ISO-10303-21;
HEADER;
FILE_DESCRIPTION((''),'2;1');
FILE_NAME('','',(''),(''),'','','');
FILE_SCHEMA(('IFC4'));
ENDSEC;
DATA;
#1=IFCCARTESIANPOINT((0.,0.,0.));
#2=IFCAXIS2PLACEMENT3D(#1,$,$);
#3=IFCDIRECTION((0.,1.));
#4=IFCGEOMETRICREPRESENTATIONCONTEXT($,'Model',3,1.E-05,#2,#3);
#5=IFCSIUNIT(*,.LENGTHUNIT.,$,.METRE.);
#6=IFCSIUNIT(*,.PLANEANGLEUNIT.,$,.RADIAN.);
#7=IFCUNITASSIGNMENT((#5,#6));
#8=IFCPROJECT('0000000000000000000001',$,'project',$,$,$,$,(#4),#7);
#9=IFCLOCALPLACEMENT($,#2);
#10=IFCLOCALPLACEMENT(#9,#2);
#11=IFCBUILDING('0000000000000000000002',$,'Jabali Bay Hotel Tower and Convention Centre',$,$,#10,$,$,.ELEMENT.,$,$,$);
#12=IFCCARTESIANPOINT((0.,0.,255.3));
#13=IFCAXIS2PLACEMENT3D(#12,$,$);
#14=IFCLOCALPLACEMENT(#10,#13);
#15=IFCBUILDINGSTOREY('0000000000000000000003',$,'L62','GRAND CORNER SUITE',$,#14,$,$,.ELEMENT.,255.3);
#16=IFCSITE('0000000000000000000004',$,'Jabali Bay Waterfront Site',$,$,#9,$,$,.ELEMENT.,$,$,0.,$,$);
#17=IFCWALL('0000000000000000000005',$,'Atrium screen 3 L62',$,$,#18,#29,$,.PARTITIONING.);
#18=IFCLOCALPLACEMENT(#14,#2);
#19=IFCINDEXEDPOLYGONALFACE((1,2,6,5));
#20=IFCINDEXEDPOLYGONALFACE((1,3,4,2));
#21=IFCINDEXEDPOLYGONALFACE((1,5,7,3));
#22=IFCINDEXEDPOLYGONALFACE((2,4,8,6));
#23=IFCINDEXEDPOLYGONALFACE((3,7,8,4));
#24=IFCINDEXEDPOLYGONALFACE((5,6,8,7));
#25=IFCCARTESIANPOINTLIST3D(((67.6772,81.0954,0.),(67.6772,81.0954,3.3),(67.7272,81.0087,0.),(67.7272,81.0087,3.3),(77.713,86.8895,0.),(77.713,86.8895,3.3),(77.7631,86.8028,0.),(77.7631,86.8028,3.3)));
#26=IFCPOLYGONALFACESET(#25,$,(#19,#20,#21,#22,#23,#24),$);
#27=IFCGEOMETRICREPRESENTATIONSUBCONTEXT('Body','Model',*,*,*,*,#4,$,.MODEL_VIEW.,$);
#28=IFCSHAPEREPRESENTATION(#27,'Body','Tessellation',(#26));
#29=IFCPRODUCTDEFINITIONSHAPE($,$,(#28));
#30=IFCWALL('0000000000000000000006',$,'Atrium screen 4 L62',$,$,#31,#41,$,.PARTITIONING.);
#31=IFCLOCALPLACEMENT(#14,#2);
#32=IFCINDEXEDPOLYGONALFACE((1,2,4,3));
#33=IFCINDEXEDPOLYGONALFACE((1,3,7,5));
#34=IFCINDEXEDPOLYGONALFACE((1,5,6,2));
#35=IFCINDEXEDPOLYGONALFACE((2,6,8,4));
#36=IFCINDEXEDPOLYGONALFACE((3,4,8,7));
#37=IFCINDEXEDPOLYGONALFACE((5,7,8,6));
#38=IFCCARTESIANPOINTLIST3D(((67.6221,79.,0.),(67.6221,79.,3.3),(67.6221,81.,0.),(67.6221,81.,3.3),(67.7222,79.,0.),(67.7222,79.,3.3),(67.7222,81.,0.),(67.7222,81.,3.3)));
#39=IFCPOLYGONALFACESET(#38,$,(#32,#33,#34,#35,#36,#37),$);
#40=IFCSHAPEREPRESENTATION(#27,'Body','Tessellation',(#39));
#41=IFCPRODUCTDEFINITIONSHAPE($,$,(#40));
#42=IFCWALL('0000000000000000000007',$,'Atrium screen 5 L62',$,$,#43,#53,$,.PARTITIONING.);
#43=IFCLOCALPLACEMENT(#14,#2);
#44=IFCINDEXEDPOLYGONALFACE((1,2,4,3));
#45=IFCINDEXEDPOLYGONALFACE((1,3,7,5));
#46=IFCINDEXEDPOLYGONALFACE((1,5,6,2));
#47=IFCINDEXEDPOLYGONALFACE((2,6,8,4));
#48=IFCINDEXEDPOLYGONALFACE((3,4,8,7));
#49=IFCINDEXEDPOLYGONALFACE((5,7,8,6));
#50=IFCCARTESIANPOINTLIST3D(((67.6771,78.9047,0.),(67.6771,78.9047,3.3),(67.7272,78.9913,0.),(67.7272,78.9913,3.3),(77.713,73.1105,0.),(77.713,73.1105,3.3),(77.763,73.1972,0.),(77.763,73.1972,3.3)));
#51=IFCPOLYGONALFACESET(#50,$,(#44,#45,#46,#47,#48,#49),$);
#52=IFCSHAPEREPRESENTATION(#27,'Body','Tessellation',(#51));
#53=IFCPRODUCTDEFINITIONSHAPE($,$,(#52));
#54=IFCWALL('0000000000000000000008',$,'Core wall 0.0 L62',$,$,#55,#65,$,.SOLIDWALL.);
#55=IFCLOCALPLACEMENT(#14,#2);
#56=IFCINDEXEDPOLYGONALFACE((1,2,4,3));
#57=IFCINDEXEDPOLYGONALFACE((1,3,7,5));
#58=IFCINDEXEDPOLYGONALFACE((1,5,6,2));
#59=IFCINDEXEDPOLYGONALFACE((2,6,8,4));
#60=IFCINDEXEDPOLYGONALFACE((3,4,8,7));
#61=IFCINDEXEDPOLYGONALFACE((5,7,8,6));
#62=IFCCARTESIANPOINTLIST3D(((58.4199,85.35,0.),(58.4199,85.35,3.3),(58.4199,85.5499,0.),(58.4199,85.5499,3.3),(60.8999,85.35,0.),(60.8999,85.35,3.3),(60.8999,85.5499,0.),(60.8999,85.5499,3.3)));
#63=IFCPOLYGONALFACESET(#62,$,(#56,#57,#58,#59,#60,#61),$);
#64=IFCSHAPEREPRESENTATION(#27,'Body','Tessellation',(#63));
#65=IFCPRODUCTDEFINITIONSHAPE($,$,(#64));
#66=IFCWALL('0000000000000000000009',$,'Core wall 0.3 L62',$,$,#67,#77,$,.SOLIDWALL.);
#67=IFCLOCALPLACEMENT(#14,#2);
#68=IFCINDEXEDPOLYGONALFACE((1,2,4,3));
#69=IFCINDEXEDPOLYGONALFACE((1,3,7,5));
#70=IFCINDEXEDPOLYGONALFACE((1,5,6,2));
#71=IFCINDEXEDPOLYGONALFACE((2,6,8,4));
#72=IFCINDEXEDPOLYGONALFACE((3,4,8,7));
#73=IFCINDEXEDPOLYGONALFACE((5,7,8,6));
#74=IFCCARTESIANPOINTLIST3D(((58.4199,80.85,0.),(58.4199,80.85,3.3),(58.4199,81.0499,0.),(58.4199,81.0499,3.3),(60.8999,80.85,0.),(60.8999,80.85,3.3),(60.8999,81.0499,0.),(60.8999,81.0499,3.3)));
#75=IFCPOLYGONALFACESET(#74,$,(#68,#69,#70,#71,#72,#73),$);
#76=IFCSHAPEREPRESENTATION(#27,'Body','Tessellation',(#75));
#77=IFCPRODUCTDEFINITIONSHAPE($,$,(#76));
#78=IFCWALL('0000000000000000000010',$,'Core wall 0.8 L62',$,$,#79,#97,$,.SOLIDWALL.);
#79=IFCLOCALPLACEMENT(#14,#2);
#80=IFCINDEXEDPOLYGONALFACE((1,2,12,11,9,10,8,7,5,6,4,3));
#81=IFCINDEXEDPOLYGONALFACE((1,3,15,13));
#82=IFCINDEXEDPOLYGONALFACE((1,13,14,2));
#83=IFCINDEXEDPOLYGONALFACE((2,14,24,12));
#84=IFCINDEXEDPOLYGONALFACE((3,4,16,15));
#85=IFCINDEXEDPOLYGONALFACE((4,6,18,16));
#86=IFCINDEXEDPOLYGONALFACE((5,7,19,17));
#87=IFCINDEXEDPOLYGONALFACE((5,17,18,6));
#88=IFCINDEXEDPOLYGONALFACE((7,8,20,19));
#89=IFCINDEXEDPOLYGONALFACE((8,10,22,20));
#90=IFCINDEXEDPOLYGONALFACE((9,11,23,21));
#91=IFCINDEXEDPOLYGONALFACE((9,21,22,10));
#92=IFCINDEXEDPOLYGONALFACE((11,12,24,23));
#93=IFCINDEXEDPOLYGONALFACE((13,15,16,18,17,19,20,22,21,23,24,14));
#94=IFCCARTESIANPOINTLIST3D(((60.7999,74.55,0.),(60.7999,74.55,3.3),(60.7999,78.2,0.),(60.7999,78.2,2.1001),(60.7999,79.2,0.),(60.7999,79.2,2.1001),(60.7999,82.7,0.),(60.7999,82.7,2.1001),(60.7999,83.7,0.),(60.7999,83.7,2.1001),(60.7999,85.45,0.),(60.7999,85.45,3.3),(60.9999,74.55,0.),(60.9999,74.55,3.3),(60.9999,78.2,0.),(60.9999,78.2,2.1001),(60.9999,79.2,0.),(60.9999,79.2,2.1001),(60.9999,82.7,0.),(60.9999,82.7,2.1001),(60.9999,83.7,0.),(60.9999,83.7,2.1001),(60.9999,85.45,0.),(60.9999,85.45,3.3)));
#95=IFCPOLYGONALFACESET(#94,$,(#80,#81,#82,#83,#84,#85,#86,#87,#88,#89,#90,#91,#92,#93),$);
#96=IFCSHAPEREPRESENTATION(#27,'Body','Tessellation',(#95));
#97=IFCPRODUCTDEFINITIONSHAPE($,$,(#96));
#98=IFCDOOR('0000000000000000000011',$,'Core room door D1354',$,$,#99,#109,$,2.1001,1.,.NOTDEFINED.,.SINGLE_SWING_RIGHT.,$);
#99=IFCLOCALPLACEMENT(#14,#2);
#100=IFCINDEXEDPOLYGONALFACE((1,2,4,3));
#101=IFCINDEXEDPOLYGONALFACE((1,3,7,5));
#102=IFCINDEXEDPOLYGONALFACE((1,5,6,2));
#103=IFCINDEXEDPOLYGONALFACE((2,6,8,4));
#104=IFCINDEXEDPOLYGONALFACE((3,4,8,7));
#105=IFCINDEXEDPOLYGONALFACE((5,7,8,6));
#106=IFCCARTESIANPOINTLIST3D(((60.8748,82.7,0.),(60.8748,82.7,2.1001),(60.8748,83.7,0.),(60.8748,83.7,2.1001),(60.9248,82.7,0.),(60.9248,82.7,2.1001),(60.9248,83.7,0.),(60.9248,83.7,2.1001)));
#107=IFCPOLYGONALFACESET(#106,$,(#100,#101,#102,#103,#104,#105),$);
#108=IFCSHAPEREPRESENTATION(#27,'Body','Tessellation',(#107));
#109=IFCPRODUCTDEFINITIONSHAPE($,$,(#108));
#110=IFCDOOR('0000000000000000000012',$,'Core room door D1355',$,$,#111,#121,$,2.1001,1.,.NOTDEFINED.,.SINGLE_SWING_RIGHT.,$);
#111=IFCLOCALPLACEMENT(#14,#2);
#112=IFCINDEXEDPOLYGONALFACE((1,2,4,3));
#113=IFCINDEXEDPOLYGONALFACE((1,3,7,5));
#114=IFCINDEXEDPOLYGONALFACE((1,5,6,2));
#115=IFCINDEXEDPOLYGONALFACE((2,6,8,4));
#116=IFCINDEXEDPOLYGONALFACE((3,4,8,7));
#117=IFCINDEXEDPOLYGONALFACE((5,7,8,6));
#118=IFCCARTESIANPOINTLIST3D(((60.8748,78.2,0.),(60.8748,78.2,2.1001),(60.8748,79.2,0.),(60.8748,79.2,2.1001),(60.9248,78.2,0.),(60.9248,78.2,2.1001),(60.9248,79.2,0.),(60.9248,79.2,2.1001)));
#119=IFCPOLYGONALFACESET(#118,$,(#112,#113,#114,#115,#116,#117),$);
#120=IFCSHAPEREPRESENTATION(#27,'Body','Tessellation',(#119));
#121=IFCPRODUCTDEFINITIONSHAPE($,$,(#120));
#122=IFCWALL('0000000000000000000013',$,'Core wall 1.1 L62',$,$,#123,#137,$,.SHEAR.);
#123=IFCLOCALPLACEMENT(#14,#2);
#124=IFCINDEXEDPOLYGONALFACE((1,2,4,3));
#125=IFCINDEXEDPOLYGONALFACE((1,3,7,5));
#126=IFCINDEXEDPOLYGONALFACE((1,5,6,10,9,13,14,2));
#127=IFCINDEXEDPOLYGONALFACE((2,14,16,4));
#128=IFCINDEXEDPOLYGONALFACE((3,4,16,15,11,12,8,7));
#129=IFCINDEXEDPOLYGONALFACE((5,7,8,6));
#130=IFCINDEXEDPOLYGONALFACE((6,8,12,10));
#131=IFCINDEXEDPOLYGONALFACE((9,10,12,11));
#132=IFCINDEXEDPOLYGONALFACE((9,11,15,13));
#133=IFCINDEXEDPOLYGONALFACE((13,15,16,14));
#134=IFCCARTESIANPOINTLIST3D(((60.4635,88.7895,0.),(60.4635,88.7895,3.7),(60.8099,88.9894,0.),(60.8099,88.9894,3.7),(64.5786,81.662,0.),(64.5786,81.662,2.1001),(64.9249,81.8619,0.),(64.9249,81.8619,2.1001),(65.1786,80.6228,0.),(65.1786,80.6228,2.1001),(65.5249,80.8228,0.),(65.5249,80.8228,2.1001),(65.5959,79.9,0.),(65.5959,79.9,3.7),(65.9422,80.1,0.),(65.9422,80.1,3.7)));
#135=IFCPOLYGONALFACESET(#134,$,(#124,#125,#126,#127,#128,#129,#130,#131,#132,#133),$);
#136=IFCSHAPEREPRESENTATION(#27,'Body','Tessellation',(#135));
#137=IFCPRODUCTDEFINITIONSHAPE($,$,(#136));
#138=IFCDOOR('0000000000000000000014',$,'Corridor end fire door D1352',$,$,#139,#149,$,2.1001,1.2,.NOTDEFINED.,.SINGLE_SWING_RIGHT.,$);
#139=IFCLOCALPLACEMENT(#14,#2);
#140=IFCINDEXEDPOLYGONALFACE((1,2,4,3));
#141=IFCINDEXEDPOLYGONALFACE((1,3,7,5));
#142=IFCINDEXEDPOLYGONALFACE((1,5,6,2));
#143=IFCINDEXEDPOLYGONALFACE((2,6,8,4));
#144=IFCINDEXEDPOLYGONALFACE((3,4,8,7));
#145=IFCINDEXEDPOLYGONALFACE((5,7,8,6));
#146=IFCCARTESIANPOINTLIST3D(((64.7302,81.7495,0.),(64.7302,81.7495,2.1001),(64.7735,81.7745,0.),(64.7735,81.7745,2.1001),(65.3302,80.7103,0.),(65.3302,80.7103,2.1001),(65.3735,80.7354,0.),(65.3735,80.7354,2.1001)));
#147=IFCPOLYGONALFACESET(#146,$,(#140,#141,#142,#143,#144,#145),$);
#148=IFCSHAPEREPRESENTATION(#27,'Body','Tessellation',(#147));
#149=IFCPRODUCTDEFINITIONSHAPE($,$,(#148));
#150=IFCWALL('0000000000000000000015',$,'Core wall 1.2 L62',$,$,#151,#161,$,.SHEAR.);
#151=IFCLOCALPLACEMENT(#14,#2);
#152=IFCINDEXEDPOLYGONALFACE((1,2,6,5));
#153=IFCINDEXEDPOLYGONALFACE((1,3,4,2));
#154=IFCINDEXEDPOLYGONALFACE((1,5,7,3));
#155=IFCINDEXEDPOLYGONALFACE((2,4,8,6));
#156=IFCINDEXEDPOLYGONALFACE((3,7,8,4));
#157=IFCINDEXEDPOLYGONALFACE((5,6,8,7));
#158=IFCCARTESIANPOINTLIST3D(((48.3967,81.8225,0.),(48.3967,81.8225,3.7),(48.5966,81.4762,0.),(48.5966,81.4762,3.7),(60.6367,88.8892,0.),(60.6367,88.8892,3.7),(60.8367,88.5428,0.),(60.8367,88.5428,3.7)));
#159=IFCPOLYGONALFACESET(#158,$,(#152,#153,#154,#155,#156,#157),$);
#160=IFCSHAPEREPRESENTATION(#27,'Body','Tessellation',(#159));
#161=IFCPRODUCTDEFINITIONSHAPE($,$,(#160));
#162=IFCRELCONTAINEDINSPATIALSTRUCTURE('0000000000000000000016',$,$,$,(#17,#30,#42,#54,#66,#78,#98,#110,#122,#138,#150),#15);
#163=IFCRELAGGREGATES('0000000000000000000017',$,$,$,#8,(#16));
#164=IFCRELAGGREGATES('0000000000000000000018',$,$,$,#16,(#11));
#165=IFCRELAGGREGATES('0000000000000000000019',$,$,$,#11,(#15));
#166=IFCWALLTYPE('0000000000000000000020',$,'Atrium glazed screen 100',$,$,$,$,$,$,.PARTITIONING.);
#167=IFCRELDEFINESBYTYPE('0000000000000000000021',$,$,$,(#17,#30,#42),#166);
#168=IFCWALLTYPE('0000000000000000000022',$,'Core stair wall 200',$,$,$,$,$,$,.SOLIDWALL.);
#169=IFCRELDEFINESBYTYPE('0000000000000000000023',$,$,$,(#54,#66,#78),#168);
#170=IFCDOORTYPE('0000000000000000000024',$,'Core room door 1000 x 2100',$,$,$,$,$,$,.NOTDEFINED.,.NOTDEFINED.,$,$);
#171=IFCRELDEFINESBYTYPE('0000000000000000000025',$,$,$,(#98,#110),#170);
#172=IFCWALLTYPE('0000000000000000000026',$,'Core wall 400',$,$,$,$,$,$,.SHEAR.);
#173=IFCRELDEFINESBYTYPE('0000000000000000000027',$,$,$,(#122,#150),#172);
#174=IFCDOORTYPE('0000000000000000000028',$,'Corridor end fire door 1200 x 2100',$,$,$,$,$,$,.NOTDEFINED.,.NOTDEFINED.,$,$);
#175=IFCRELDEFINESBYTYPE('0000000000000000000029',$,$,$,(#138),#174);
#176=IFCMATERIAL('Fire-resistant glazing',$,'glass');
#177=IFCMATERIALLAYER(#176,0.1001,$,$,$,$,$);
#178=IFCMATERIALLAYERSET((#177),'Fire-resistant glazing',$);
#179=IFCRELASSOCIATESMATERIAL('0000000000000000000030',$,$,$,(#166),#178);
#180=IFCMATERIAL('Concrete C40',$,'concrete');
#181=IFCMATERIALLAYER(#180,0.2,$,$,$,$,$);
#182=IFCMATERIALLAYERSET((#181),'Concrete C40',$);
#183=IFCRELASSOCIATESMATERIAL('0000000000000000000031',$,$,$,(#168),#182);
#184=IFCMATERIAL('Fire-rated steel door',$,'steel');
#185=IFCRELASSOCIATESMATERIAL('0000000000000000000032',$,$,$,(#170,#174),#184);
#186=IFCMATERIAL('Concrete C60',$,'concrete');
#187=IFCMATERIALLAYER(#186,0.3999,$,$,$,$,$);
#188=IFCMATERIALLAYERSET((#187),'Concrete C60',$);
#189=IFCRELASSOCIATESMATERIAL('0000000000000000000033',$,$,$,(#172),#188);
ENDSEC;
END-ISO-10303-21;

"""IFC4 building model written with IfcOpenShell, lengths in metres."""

from ifc_helpers import new_model, si_unit, direction, frame, frame_2d, origin, place, context, subcontext, project, spatial, rectangle, extrude, material, layer, layer_set, type_object, element, fill, save


model = new_model("IFC4")

# Units and contexts
model_context = context("Model", 3, precision=1e-05, world=origin(), true_north=direction((0.0, 1.0)))
body_context = subcontext(model_context, "Body", "Model", "MODEL_VIEW")
ifc_project = project(units=[si_unit("LENGTHUNIT", "METRE"), si_unit("PLANEANGLEUNIT", "RADIAN")], contexts=[model_context])

# Site, building, storey
site_placement = place(None, origin())
site = spatial("IfcSite", under=ifc_project, at=site_placement, Name="Jabali Bay Waterfront Site", CompositionType="ELEMENT", RefElevation=0.0)
building_placement = place(site_placement, origin())
building = spatial("IfcBuilding", under=site, at=building_placement, Name="Jabali Bay Hotel Tower and Convention Centre", CompositionType="ELEMENT")
storey_placement = place(building_placement, frame((0.0, 0.0, 255.3)))
storey = spatial("IfcBuildingStorey", under=building, at=storey_placement, Name="L62", Description="GRAND CORNER SUITE", CompositionType="ELEMENT", Elevation=255.3)

# Walls
ifc_material_1 = material(Name="Fire-resistant glazing", Category="glass")
ifc_layer_1 = layer(ifc_material_1, 0.1001)
ifc_layer_set_1 = layer_set([ifc_layer_1], Name="Fire-resistant glazing")
wall_type_1 = type_object("IfcWallType", Name="Atrium glazed screen 100", PredefinedType="PARTITIONING", material=ifc_layer_set_1)
wall_1_placement = place(storey_placement, frame((77.738, 86.8462, 0.0), z_axis=(0.0, 0.0, 1.0), x_axis=(-0.866027, -0.499998, 0.0)))
element("IfcWall", 1, at=wall_1_placement, inside=storey, type_object=wall_type_1, Name="Atrium screen 3 L62", PredefinedType="PARTITIONING", context=body_context, shape_type="SweptSolid", body=[
    extrude(rectangle(XDim=11.5884, YDim=0.1001, at=frame_2d((5.7942, 0.0))), origin(), (0.0, 0.0, 1.0), 3.3),
])
wall_2_placement = place(storey_placement, frame((67.6721, 81.0, 0.0), z_axis=(0.0, 0.0, 1.0), x_axis=(0.0, -1.0, 0.0)))
element("IfcWall", 2, at=wall_2_placement, inside=storey, type_object=wall_type_1, Name="Atrium screen 4 L62", PredefinedType="PARTITIONING", context=body_context, shape_type="SweptSolid", body=[
    extrude(rectangle(XDim=2.0, YDim=0.1001, at=frame_2d((1.0, 0.0))), origin(), (0.0, 0.0, 1.0), 3.3),
])
wall_3_placement = place(storey_placement, frame((67.7021, 78.948, 0.0), z_axis=(0.0, 0.0, 1.0), x_axis=(0.866027, -0.499998, 0.0)))
element("IfcWall", 3, at=wall_3_placement, inside=storey, type_object=wall_type_1, Name="Atrium screen 5 L62", PredefinedType="PARTITIONING", context=body_context, shape_type="SweptSolid", body=[
    extrude(rectangle(XDim=11.5884, YDim=0.1001, at=frame_2d((5.7942, 0.0))), origin(), (0.0, 0.0, 1.0), 3.3),
])
ifc_material_2 = material(Name="Concrete C40", Category="concrete")
ifc_layer_2 = layer(ifc_material_2, 0.2)
ifc_layer_set_2 = layer_set([ifc_layer_2], Name="Concrete C40")
wall_type_2 = type_object("IfcWallType", Name="Core stair wall 200", PredefinedType="SOLIDWALL", material=ifc_layer_set_2)
for number, where, z_axis, x_axis, name in (
    (4, (60.8999, 85.45, 0.0), (0.0, 0.0, 1.0), (-1.0, 0.0, 0.0), "Core wall 0.0 L62"),
    (5, (60.8999, 80.95, 0.0), (0.0, 0.0, 1.0), (-1.0, 0.0, 0.0), "Core wall 0.3 L62"),
):
    element("IfcWall", number, at=place(storey_placement, frame(where, z_axis=z_axis, x_axis=x_axis)), inside=storey, type_object=wall_type_2, Name=name, PredefinedType="SOLIDWALL", context=body_context, shape_type="SweptSolid", body=[
        extrude(rectangle(XDim=2.48, YDim=0.2, at=frame_2d((1.24, 0.0))), origin(), (0.0, 0.0, 1.0), 3.3),
    ])

# Wall, openings, doors
wall_4_placement = place(storey_placement, frame((60.8999, 85.45, 0.0), z_axis=(0.0, 0.0, 1.0), x_axis=(0.0, -1.0, 0.0)))
wall_4 = element("IfcWall", 6, at=wall_4_placement, inside=storey, type_object=wall_type_2, Name="Core wall 0.8 L62", PredefinedType="SOLIDWALL", context=body_context, shape_type="SweptSolid", body=[
    extrude(rectangle(XDim=10.8999, YDim=0.2, at=frame_2d((5.45, 0.0))), origin(), (0.0, 0.0, 1.0), 3.3),
])
opening_1_placement = place(wall_4_placement, frame((1.75, 0.0, 0.0)))
opening_1 = element("IfcOpeningElement", 7, at=opening_1_placement, cuts=wall_4, PredefinedType="OPENING", context=body_context, shape_type="SweptSolid", body=[
    extrude(rectangle(XDim=1.0, YDim=2.1001, at=frame_2d((0.5, 1.05))), frame((0.0, 0.1104, 0.0), z_axis=(0.0, -1.0, 0.0), x_axis=(1.0, 0.0, 0.0)), (0.0, 0.0, 1.0), 0.2209),
])
opening_2_placement = place(wall_4_placement, frame((6.25, 0.0, 0.0)))
opening_2 = element("IfcOpeningElement", 8, at=opening_2_placement, cuts=wall_4, PredefinedType="OPENING", context=body_context, shape_type="SweptSolid", body=[
    extrude(rectangle(XDim=1.0, YDim=2.1001, at=frame_2d((0.5, 1.05))), frame((0.0, 0.1104, 0.0), z_axis=(0.0, -1.0, 0.0), x_axis=(1.0, 0.0, 0.0)), (0.0, 0.0, 1.0), 0.2209),
])
ifc_material_3 = material(Name="Fire-rated steel door", Category="steel")
door_type_1 = type_object("IfcDoorType", Name="Core room door 1000 x 2100", OperationType="NOTDEFINED", PredefinedType="NOTDEFINED", material=ifc_material_3)
door_1_placement = place(opening_1_placement, origin())
door_1 = element("IfcDoor", 9, at=door_1_placement, inside=storey, type_object=door_type_1, Name="Core room door D1354", OperationType="SINGLE_SWING_RIGHT", OverallHeight=2.1001, OverallWidth=1.0, PredefinedType="NOTDEFINED", context=body_context, shape_type="SweptSolid", body=[
    extrude(rectangle(XDim=1.0, YDim=2.1001, at=frame_2d((0.5, 1.05))), frame((0.0, 0.0249, 0.0), z_axis=(0.0, -1.0, 0.0), x_axis=(1.0, 0.0, 0.0)), (0.0, 0.0, 1.0), 0.05),
])
fill(opening_1, door_1)
door_2_placement = place(opening_2_placement, origin())
door_2 = element("IfcDoor", 10, at=door_2_placement, inside=storey, type_object=door_type_1, Name="Core room door D1355", OperationType="SINGLE_SWING_RIGHT", OverallHeight=2.1001, OverallWidth=1.0, PredefinedType="NOTDEFINED", context=body_context, shape_type="SweptSolid", body=[
    extrude(rectangle(XDim=1.0, YDim=2.1001, at=frame_2d((0.5, 1.05))), frame((0.0, 0.0249, 0.0), z_axis=(0.0, -1.0, 0.0), x_axis=(1.0, 0.0, 0.0)), (0.0, 0.0, 1.0), 0.05),
])
fill(opening_2, door_2)

# Wall, opening, door
ifc_material_4 = material(Name="Concrete C60", Category="concrete")
ifc_layer_3 = layer(ifc_material_4, 0.3999)
ifc_layer_set_3 = layer_set([ifc_layer_3], Name="Concrete C60")
wall_type_3 = type_object("IfcWallType", Name="Core wall 400", PredefinedType="SHEAR", material=ifc_layer_set_3)
wall_5_placement = place(storey_placement, frame((65.769, 80.0, 0.0), z_axis=(0.0, 0.0, 1.0), x_axis=(-0.500002, 0.866024, 0.0)))
wall_5 = element("IfcWall", 11, at=wall_5_placement, inside=storey, type_object=wall_type_3, Name="Core wall 1.1 L62", PredefinedType="SHEAR", context=body_context, shape_type="SweptSolid", body=[
    extrude(rectangle(XDim=10.2646, YDim=0.3999, at=frame_2d((5.1323, 0.0))), origin(), (0.0, 0.0, 1.0), 3.7),
])
opening_3_placement = place(wall_5_placement, frame((0.8345, 0.0, 0.0)))
opening_3 = element("IfcOpeningElement", 12, at=opening_3_placement, cuts=wall_5, PredefinedType="OPENING", context=body_context, shape_type="SweptSolid", body=[
    extrude(rectangle(XDim=1.2, YDim=2.1001, at=frame_2d((0.6001, 1.05))), frame((0.0, 0.2104, 0.0), z_axis=(0.0, -1.0, 0.0), x_axis=(1.0, 0.0, 0.0)), (0.0, 0.0, 1.0), 0.4209),
])
door_type_2 = type_object("IfcDoorType", Name="Corridor end fire door 1200 x 2100", OperationType="NOTDEFINED", PredefinedType="NOTDEFINED", material=ifc_material_3)
door_3_placement = place(opening_3_placement, origin())
door_3 = element("IfcDoor", 13, at=door_3_placement, inside=storey, type_object=door_type_2, Name="Corridor end fire door D1352", OperationType="SINGLE_SWING_RIGHT", OverallHeight=2.1001, OverallWidth=1.2, PredefinedType="NOTDEFINED", context=body_context, shape_type="SweptSolid", body=[
    extrude(rectangle(XDim=1.2, YDim=2.1001, at=frame_2d((0.6001, 1.05))), frame((0.0, 0.0249, 0.0), z_axis=(0.0, -1.0, 0.0), x_axis=(1.0, 0.0, 0.0)), (0.0, 0.0, 1.0), 0.05),
])
fill(opening_3, door_3)

# Wall
wall_6_placement = place(storey_placement, frame((60.7368, 88.7161, 0.0), z_axis=(0.0, 0.0, 1.0), x_axis=(-0.866029, -0.499994, 0.0)))
element("IfcWall", 14, at=wall_6_placement, inside=storey, type_object=wall_type_3, Name="Core wall 1.2 L62", PredefinedType="SHEAR", context=body_context, shape_type="SweptSolid", body=[
    extrude(rectangle(XDim=14.1335, YDim=0.3999, at=frame_2d((7.0669, 0.0))), origin(), (0.0, 0.0, 1.0), 3.7),
])

save(model, "model.ifc")
